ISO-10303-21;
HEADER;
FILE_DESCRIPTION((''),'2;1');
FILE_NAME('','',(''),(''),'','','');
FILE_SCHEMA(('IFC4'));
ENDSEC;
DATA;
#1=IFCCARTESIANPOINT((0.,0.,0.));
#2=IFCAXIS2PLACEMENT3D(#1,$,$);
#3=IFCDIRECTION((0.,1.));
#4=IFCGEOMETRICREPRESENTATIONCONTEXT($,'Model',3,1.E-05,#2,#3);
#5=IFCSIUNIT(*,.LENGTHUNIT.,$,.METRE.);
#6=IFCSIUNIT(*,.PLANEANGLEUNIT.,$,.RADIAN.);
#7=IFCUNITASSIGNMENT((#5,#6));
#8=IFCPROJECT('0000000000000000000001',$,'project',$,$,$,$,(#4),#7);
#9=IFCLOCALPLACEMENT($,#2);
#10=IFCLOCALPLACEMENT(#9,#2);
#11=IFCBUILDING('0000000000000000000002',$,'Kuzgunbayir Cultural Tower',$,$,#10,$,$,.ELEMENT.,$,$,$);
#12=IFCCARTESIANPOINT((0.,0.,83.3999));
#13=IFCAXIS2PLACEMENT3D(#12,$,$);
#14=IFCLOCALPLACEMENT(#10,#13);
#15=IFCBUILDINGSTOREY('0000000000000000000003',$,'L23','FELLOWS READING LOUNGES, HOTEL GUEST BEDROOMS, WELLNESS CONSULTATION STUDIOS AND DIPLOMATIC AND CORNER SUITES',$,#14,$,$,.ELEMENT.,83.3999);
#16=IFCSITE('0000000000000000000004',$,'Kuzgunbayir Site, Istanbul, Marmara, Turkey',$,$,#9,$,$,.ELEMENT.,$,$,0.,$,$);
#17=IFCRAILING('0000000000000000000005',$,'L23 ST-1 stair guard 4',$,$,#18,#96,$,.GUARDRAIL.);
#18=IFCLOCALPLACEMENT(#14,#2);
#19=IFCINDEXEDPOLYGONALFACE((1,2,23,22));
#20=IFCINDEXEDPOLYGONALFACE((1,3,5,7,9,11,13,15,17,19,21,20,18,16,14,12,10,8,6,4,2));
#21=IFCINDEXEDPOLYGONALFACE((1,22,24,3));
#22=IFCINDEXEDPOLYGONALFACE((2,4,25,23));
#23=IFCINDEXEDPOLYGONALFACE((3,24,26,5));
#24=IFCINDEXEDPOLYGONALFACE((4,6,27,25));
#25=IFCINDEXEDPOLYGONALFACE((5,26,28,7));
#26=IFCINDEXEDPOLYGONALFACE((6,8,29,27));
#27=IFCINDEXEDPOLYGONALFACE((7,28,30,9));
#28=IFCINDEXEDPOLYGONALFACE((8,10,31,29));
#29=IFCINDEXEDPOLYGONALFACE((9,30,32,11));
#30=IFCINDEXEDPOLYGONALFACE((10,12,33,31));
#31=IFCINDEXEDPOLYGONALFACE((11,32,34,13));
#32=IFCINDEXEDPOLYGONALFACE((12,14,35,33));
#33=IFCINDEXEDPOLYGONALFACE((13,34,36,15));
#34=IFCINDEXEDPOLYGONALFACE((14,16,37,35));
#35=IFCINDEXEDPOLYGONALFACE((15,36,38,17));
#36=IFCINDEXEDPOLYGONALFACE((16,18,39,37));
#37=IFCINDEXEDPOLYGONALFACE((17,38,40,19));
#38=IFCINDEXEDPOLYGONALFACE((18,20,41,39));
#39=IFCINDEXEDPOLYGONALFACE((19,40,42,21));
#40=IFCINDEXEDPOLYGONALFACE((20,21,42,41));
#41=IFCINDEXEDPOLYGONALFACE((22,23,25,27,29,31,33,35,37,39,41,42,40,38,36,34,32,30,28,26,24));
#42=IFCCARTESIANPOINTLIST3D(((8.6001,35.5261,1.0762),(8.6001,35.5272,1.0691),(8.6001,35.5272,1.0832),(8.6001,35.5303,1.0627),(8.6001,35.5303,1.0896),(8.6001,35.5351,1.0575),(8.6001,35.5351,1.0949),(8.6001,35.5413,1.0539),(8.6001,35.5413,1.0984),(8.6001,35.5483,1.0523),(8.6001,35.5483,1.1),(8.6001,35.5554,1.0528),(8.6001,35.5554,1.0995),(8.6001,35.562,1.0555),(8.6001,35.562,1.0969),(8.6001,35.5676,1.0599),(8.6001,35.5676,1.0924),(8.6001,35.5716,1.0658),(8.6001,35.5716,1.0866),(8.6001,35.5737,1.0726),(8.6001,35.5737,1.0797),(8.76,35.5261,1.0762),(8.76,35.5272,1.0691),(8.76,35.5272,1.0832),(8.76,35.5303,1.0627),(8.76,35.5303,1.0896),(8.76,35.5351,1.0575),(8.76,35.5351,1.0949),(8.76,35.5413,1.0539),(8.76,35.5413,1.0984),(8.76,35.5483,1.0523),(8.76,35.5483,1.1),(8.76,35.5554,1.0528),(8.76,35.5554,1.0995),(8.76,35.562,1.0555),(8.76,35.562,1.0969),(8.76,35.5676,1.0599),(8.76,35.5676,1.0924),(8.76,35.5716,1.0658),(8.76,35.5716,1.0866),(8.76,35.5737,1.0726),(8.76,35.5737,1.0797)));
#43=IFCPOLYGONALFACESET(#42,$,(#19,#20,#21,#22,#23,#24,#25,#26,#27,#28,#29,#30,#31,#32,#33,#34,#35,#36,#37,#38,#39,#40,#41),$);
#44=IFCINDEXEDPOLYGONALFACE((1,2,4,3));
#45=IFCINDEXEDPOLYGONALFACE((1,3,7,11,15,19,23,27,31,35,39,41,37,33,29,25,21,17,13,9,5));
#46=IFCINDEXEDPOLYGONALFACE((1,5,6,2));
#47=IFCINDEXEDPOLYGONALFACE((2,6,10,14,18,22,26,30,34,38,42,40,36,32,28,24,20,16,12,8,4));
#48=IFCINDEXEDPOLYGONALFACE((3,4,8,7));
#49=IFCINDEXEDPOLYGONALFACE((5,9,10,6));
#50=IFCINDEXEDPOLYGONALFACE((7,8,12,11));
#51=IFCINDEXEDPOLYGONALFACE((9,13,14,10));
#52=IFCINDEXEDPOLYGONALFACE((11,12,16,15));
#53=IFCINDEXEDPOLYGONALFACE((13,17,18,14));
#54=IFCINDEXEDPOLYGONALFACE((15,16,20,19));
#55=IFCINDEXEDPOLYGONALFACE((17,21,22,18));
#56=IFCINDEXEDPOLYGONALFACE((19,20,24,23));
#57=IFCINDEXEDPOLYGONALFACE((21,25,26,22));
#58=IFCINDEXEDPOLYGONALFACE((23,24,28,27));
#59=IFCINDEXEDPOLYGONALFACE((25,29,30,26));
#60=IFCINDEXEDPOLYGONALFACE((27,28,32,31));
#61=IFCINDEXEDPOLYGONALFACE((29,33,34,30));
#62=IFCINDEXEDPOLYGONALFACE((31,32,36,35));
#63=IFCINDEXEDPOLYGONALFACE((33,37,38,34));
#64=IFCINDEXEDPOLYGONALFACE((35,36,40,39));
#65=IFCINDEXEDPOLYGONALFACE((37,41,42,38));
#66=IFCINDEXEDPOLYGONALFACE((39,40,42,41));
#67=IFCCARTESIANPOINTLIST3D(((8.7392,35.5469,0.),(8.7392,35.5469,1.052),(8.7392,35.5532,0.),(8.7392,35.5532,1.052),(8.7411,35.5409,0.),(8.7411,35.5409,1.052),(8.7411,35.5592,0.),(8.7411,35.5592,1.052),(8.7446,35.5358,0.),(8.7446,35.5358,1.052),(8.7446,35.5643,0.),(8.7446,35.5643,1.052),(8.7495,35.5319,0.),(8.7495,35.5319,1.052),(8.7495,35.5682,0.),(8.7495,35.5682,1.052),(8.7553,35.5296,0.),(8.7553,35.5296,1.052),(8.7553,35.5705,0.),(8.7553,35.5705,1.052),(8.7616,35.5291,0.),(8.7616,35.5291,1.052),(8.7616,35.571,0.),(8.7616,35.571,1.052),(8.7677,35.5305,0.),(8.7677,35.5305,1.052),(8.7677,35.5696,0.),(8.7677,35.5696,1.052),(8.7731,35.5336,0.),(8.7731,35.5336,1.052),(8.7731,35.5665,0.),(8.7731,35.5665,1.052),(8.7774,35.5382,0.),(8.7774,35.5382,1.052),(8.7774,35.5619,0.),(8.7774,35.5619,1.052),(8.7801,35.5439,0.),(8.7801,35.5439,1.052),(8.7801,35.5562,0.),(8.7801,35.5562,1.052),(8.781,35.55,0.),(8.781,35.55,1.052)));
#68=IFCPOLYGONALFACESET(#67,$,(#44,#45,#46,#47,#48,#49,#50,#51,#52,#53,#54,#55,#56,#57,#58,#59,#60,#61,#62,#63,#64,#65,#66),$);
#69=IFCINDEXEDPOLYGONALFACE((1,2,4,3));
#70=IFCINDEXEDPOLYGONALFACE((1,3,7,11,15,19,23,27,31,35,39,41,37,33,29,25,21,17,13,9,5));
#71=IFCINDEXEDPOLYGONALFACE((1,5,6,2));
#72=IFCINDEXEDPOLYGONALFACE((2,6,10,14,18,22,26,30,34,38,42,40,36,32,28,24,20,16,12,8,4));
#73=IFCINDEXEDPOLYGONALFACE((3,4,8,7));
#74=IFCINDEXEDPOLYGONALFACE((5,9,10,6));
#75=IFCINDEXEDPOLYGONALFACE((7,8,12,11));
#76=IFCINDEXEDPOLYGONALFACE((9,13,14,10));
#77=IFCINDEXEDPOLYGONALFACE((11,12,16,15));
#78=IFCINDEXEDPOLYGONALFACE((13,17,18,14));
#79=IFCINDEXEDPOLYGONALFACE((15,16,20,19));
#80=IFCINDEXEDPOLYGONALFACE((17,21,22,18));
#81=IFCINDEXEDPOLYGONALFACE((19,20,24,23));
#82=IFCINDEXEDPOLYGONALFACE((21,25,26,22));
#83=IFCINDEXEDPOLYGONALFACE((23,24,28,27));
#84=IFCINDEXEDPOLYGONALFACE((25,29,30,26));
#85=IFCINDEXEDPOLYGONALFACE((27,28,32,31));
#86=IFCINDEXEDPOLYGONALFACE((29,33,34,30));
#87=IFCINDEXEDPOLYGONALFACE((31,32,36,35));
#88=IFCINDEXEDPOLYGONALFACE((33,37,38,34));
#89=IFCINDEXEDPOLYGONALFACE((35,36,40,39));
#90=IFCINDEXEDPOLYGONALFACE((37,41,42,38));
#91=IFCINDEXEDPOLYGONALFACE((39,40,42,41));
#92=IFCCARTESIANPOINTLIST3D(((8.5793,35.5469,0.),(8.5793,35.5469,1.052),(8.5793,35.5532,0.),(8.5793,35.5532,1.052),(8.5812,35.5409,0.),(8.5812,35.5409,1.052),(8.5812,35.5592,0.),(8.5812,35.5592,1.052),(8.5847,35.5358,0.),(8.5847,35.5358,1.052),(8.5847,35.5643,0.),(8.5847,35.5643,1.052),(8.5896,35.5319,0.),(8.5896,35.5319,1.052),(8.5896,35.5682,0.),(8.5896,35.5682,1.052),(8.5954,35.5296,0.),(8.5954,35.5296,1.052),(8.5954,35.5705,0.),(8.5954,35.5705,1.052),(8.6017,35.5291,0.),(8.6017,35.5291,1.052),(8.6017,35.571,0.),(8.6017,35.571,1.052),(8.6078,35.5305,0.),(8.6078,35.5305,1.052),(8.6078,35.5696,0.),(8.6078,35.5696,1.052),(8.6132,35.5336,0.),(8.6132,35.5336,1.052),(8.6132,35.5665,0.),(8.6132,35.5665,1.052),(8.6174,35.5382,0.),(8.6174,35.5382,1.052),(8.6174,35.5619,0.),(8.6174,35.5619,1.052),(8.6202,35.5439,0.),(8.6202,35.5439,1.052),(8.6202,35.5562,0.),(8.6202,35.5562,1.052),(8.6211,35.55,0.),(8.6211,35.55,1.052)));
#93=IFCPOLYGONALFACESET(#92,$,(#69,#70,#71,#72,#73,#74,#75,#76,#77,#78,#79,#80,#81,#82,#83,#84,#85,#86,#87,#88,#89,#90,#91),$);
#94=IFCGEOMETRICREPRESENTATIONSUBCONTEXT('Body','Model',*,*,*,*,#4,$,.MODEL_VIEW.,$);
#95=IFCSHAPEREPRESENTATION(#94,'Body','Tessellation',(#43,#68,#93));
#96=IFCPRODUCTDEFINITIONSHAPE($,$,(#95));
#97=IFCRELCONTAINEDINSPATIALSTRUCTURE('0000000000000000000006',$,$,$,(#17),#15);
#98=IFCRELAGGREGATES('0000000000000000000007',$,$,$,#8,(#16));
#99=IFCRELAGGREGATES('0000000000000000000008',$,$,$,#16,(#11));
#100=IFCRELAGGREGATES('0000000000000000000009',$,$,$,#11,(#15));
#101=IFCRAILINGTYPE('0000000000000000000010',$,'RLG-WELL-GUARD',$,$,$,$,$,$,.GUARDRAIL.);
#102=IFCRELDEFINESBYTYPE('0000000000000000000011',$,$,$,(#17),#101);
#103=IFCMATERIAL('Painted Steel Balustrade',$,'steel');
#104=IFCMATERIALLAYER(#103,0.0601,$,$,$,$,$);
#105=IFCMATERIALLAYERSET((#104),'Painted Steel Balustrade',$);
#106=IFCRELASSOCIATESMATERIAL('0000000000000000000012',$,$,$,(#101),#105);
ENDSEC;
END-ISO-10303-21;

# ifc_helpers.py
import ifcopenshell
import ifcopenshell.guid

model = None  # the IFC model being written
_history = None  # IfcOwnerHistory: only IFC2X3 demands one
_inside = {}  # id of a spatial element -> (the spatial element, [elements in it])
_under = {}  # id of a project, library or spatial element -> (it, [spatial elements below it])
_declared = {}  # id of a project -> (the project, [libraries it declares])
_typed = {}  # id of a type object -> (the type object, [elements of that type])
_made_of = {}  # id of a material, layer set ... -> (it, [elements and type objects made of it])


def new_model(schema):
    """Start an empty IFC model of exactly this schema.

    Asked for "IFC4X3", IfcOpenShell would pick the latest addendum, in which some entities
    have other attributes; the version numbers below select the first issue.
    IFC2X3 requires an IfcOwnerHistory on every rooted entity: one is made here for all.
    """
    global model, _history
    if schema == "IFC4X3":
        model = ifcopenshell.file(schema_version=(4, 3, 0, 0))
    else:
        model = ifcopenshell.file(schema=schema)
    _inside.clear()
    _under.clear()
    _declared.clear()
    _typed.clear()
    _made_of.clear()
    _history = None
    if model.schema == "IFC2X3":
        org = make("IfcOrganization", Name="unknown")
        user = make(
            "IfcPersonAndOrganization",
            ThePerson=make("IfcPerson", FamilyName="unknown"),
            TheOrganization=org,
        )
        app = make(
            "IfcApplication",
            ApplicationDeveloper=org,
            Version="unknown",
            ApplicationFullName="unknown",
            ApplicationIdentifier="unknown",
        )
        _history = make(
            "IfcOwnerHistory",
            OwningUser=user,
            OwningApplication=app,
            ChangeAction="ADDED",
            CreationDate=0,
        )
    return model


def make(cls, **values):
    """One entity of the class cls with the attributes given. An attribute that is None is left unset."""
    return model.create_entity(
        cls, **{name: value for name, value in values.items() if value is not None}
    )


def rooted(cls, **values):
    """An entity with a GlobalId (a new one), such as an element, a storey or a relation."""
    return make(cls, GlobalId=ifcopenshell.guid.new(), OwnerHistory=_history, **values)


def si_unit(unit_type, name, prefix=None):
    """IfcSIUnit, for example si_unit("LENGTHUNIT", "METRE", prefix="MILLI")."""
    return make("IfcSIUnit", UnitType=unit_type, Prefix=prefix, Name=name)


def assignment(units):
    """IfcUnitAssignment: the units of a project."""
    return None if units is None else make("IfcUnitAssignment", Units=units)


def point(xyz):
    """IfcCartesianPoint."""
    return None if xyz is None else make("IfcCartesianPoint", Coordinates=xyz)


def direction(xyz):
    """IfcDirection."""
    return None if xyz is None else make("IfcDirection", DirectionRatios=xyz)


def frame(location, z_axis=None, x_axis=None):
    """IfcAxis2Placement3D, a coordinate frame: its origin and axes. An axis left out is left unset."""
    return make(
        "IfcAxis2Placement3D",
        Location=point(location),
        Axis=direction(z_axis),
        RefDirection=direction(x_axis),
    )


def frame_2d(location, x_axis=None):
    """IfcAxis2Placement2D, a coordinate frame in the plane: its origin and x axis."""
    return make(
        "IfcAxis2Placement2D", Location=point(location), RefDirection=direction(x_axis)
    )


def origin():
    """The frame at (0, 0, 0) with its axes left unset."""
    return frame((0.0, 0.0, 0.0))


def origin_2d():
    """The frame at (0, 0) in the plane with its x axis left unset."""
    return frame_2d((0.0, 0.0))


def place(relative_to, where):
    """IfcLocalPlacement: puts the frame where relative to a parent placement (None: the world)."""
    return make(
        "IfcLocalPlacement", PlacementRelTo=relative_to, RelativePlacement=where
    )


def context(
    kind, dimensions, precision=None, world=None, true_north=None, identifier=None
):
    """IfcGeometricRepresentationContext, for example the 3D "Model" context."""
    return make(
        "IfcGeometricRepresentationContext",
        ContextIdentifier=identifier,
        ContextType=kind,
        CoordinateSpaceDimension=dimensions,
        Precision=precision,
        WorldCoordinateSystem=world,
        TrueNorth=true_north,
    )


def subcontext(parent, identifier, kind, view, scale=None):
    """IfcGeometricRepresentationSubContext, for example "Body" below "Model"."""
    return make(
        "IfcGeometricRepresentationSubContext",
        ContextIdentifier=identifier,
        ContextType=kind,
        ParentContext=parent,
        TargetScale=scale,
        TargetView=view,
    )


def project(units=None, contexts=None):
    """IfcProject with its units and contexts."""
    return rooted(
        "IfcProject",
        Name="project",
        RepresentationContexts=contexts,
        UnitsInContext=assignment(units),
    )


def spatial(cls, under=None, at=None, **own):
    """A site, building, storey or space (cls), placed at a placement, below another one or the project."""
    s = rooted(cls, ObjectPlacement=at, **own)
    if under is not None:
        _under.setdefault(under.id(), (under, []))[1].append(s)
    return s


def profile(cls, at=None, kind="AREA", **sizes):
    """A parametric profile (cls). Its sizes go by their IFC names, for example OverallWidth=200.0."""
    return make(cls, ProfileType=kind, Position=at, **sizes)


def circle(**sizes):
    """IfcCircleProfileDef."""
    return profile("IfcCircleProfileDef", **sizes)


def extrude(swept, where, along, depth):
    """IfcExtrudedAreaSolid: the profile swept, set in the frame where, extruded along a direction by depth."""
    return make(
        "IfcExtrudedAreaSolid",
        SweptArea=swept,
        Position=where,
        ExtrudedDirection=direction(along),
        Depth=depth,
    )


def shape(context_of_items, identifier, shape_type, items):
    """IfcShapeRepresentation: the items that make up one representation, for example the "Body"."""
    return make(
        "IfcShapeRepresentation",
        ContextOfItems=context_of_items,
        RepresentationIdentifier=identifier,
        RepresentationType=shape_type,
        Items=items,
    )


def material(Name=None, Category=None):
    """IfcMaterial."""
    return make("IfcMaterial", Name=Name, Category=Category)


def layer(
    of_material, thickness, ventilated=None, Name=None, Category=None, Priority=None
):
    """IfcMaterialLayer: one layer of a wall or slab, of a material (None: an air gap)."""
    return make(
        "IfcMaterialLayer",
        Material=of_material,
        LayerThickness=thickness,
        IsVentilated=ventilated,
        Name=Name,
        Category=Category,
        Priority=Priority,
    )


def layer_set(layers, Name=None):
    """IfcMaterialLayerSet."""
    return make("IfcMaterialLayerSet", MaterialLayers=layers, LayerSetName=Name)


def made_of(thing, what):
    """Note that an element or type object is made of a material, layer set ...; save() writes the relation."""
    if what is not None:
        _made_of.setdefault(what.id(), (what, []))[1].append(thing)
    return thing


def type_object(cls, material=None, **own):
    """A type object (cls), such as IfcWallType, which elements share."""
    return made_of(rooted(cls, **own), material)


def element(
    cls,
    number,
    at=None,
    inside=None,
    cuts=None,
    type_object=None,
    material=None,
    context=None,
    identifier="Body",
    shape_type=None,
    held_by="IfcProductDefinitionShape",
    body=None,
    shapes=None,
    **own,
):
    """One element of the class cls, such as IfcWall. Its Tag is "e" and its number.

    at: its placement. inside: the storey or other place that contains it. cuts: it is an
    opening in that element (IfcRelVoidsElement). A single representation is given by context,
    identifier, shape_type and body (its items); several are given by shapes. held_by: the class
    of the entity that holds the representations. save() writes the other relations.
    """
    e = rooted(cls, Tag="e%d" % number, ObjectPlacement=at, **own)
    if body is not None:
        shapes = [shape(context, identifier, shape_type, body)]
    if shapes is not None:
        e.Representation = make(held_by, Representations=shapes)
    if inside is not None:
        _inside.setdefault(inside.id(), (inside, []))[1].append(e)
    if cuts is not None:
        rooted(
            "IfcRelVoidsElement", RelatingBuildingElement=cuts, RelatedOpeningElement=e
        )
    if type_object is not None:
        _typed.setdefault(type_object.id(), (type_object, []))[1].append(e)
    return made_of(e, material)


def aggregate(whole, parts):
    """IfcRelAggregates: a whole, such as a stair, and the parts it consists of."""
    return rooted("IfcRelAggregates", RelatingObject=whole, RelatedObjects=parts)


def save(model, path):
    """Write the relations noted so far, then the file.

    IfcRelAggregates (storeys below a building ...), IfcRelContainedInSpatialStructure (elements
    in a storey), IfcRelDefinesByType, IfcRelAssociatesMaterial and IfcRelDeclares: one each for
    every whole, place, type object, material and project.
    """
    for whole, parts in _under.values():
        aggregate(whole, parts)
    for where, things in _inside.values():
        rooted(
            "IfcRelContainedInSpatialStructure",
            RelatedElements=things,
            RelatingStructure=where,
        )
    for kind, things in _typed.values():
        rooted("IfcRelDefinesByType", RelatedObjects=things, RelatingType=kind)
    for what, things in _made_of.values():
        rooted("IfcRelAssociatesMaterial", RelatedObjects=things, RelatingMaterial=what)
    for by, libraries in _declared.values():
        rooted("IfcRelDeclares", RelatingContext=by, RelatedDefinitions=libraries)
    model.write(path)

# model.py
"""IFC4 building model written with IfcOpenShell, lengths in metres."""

from ifc_helpers import new_model, si_unit, direction, frame, origin, origin_2d, place, context, subcontext, project, spatial, circle, extrude, material, layer, layer_set, type_object, element, save


model = new_model("IFC4")

# Units and contexts
model_context = context("Model", 3, precision=1e-05, world=origin(), true_north=direction((0.0, 1.0)))
body_context = subcontext(model_context, "Body", "Model", "MODEL_VIEW")
ifc_project = project(units=[si_unit("LENGTHUNIT", "METRE"), si_unit("PLANEANGLEUNIT", "RADIAN")], contexts=[model_context])

# Site, building, storey
site_placement = place(None, origin())
site = spatial("IfcSite", under=ifc_project, at=site_placement, Name="Kuzgunbayir Site, Istanbul, Marmara, Turkey", CompositionType="ELEMENT", RefElevation=0.0)
building_placement = place(site_placement, origin())
building = spatial("IfcBuilding", under=site, at=building_placement, Name="Kuzgunbayir Cultural Tower", CompositionType="ELEMENT")
storey_placement = place(building_placement, frame((0.0, 0.0, 83.3999)))
storey = spatial("IfcBuildingStorey", under=building, at=storey_placement, Name="L23", Description="FELLOWS READING LOUNGES, HOTEL GUEST BEDROOMS, WELLNESS CONSULTATION STUDIOS AND DIPLOMATIC AND CORNER SUITES", CompositionType="ELEMENT", Elevation=83.3999)

# Railing
ifc_material_1 = material(Name="Painted Steel Balustrade", Category="steel")
ifc_layer_1 = layer(ifc_material_1, 0.0601)
ifc_layer_set_1 = layer_set([ifc_layer_1], Name="Painted Steel Balustrade")
railing_type_1 = type_object("IfcRailingType", Name="RLG-WELL-GUARD", PredefinedType="GUARDRAIL", material=ifc_layer_set_1)
railing_1_placement = place(storey_placement, frame((8.76, 35.55, 0.0)))
element("IfcRailing", 1, at=railing_1_placement, inside=storey, type_object=railing_type_1, Name="L23 ST-1 stair guard 4", PredefinedType="GUARDRAIL", context=body_context, shape_type="SweptSolid", body=[
    extrude(circle(Radius=0.0239, at=origin_2d()), frame((0.0, 0.0, 1.0762), z_axis=(-1.0, 0.0, 0.0), x_axis=(0.0, -1.0, 0.0)), (0.0, 0.0, 1.0), 0.1599),
    extrude(circle(Radius=0.021, at=origin_2d()), origin(), (0.0, 0.0, 1.0), 1.052),
    extrude(circle(Radius=0.021, at=origin_2d()), frame((-0.1599, 0.0, 0.0)), (0.0, 0.0, 1.0), 1.052),
])

save(model, "model.ifc")
